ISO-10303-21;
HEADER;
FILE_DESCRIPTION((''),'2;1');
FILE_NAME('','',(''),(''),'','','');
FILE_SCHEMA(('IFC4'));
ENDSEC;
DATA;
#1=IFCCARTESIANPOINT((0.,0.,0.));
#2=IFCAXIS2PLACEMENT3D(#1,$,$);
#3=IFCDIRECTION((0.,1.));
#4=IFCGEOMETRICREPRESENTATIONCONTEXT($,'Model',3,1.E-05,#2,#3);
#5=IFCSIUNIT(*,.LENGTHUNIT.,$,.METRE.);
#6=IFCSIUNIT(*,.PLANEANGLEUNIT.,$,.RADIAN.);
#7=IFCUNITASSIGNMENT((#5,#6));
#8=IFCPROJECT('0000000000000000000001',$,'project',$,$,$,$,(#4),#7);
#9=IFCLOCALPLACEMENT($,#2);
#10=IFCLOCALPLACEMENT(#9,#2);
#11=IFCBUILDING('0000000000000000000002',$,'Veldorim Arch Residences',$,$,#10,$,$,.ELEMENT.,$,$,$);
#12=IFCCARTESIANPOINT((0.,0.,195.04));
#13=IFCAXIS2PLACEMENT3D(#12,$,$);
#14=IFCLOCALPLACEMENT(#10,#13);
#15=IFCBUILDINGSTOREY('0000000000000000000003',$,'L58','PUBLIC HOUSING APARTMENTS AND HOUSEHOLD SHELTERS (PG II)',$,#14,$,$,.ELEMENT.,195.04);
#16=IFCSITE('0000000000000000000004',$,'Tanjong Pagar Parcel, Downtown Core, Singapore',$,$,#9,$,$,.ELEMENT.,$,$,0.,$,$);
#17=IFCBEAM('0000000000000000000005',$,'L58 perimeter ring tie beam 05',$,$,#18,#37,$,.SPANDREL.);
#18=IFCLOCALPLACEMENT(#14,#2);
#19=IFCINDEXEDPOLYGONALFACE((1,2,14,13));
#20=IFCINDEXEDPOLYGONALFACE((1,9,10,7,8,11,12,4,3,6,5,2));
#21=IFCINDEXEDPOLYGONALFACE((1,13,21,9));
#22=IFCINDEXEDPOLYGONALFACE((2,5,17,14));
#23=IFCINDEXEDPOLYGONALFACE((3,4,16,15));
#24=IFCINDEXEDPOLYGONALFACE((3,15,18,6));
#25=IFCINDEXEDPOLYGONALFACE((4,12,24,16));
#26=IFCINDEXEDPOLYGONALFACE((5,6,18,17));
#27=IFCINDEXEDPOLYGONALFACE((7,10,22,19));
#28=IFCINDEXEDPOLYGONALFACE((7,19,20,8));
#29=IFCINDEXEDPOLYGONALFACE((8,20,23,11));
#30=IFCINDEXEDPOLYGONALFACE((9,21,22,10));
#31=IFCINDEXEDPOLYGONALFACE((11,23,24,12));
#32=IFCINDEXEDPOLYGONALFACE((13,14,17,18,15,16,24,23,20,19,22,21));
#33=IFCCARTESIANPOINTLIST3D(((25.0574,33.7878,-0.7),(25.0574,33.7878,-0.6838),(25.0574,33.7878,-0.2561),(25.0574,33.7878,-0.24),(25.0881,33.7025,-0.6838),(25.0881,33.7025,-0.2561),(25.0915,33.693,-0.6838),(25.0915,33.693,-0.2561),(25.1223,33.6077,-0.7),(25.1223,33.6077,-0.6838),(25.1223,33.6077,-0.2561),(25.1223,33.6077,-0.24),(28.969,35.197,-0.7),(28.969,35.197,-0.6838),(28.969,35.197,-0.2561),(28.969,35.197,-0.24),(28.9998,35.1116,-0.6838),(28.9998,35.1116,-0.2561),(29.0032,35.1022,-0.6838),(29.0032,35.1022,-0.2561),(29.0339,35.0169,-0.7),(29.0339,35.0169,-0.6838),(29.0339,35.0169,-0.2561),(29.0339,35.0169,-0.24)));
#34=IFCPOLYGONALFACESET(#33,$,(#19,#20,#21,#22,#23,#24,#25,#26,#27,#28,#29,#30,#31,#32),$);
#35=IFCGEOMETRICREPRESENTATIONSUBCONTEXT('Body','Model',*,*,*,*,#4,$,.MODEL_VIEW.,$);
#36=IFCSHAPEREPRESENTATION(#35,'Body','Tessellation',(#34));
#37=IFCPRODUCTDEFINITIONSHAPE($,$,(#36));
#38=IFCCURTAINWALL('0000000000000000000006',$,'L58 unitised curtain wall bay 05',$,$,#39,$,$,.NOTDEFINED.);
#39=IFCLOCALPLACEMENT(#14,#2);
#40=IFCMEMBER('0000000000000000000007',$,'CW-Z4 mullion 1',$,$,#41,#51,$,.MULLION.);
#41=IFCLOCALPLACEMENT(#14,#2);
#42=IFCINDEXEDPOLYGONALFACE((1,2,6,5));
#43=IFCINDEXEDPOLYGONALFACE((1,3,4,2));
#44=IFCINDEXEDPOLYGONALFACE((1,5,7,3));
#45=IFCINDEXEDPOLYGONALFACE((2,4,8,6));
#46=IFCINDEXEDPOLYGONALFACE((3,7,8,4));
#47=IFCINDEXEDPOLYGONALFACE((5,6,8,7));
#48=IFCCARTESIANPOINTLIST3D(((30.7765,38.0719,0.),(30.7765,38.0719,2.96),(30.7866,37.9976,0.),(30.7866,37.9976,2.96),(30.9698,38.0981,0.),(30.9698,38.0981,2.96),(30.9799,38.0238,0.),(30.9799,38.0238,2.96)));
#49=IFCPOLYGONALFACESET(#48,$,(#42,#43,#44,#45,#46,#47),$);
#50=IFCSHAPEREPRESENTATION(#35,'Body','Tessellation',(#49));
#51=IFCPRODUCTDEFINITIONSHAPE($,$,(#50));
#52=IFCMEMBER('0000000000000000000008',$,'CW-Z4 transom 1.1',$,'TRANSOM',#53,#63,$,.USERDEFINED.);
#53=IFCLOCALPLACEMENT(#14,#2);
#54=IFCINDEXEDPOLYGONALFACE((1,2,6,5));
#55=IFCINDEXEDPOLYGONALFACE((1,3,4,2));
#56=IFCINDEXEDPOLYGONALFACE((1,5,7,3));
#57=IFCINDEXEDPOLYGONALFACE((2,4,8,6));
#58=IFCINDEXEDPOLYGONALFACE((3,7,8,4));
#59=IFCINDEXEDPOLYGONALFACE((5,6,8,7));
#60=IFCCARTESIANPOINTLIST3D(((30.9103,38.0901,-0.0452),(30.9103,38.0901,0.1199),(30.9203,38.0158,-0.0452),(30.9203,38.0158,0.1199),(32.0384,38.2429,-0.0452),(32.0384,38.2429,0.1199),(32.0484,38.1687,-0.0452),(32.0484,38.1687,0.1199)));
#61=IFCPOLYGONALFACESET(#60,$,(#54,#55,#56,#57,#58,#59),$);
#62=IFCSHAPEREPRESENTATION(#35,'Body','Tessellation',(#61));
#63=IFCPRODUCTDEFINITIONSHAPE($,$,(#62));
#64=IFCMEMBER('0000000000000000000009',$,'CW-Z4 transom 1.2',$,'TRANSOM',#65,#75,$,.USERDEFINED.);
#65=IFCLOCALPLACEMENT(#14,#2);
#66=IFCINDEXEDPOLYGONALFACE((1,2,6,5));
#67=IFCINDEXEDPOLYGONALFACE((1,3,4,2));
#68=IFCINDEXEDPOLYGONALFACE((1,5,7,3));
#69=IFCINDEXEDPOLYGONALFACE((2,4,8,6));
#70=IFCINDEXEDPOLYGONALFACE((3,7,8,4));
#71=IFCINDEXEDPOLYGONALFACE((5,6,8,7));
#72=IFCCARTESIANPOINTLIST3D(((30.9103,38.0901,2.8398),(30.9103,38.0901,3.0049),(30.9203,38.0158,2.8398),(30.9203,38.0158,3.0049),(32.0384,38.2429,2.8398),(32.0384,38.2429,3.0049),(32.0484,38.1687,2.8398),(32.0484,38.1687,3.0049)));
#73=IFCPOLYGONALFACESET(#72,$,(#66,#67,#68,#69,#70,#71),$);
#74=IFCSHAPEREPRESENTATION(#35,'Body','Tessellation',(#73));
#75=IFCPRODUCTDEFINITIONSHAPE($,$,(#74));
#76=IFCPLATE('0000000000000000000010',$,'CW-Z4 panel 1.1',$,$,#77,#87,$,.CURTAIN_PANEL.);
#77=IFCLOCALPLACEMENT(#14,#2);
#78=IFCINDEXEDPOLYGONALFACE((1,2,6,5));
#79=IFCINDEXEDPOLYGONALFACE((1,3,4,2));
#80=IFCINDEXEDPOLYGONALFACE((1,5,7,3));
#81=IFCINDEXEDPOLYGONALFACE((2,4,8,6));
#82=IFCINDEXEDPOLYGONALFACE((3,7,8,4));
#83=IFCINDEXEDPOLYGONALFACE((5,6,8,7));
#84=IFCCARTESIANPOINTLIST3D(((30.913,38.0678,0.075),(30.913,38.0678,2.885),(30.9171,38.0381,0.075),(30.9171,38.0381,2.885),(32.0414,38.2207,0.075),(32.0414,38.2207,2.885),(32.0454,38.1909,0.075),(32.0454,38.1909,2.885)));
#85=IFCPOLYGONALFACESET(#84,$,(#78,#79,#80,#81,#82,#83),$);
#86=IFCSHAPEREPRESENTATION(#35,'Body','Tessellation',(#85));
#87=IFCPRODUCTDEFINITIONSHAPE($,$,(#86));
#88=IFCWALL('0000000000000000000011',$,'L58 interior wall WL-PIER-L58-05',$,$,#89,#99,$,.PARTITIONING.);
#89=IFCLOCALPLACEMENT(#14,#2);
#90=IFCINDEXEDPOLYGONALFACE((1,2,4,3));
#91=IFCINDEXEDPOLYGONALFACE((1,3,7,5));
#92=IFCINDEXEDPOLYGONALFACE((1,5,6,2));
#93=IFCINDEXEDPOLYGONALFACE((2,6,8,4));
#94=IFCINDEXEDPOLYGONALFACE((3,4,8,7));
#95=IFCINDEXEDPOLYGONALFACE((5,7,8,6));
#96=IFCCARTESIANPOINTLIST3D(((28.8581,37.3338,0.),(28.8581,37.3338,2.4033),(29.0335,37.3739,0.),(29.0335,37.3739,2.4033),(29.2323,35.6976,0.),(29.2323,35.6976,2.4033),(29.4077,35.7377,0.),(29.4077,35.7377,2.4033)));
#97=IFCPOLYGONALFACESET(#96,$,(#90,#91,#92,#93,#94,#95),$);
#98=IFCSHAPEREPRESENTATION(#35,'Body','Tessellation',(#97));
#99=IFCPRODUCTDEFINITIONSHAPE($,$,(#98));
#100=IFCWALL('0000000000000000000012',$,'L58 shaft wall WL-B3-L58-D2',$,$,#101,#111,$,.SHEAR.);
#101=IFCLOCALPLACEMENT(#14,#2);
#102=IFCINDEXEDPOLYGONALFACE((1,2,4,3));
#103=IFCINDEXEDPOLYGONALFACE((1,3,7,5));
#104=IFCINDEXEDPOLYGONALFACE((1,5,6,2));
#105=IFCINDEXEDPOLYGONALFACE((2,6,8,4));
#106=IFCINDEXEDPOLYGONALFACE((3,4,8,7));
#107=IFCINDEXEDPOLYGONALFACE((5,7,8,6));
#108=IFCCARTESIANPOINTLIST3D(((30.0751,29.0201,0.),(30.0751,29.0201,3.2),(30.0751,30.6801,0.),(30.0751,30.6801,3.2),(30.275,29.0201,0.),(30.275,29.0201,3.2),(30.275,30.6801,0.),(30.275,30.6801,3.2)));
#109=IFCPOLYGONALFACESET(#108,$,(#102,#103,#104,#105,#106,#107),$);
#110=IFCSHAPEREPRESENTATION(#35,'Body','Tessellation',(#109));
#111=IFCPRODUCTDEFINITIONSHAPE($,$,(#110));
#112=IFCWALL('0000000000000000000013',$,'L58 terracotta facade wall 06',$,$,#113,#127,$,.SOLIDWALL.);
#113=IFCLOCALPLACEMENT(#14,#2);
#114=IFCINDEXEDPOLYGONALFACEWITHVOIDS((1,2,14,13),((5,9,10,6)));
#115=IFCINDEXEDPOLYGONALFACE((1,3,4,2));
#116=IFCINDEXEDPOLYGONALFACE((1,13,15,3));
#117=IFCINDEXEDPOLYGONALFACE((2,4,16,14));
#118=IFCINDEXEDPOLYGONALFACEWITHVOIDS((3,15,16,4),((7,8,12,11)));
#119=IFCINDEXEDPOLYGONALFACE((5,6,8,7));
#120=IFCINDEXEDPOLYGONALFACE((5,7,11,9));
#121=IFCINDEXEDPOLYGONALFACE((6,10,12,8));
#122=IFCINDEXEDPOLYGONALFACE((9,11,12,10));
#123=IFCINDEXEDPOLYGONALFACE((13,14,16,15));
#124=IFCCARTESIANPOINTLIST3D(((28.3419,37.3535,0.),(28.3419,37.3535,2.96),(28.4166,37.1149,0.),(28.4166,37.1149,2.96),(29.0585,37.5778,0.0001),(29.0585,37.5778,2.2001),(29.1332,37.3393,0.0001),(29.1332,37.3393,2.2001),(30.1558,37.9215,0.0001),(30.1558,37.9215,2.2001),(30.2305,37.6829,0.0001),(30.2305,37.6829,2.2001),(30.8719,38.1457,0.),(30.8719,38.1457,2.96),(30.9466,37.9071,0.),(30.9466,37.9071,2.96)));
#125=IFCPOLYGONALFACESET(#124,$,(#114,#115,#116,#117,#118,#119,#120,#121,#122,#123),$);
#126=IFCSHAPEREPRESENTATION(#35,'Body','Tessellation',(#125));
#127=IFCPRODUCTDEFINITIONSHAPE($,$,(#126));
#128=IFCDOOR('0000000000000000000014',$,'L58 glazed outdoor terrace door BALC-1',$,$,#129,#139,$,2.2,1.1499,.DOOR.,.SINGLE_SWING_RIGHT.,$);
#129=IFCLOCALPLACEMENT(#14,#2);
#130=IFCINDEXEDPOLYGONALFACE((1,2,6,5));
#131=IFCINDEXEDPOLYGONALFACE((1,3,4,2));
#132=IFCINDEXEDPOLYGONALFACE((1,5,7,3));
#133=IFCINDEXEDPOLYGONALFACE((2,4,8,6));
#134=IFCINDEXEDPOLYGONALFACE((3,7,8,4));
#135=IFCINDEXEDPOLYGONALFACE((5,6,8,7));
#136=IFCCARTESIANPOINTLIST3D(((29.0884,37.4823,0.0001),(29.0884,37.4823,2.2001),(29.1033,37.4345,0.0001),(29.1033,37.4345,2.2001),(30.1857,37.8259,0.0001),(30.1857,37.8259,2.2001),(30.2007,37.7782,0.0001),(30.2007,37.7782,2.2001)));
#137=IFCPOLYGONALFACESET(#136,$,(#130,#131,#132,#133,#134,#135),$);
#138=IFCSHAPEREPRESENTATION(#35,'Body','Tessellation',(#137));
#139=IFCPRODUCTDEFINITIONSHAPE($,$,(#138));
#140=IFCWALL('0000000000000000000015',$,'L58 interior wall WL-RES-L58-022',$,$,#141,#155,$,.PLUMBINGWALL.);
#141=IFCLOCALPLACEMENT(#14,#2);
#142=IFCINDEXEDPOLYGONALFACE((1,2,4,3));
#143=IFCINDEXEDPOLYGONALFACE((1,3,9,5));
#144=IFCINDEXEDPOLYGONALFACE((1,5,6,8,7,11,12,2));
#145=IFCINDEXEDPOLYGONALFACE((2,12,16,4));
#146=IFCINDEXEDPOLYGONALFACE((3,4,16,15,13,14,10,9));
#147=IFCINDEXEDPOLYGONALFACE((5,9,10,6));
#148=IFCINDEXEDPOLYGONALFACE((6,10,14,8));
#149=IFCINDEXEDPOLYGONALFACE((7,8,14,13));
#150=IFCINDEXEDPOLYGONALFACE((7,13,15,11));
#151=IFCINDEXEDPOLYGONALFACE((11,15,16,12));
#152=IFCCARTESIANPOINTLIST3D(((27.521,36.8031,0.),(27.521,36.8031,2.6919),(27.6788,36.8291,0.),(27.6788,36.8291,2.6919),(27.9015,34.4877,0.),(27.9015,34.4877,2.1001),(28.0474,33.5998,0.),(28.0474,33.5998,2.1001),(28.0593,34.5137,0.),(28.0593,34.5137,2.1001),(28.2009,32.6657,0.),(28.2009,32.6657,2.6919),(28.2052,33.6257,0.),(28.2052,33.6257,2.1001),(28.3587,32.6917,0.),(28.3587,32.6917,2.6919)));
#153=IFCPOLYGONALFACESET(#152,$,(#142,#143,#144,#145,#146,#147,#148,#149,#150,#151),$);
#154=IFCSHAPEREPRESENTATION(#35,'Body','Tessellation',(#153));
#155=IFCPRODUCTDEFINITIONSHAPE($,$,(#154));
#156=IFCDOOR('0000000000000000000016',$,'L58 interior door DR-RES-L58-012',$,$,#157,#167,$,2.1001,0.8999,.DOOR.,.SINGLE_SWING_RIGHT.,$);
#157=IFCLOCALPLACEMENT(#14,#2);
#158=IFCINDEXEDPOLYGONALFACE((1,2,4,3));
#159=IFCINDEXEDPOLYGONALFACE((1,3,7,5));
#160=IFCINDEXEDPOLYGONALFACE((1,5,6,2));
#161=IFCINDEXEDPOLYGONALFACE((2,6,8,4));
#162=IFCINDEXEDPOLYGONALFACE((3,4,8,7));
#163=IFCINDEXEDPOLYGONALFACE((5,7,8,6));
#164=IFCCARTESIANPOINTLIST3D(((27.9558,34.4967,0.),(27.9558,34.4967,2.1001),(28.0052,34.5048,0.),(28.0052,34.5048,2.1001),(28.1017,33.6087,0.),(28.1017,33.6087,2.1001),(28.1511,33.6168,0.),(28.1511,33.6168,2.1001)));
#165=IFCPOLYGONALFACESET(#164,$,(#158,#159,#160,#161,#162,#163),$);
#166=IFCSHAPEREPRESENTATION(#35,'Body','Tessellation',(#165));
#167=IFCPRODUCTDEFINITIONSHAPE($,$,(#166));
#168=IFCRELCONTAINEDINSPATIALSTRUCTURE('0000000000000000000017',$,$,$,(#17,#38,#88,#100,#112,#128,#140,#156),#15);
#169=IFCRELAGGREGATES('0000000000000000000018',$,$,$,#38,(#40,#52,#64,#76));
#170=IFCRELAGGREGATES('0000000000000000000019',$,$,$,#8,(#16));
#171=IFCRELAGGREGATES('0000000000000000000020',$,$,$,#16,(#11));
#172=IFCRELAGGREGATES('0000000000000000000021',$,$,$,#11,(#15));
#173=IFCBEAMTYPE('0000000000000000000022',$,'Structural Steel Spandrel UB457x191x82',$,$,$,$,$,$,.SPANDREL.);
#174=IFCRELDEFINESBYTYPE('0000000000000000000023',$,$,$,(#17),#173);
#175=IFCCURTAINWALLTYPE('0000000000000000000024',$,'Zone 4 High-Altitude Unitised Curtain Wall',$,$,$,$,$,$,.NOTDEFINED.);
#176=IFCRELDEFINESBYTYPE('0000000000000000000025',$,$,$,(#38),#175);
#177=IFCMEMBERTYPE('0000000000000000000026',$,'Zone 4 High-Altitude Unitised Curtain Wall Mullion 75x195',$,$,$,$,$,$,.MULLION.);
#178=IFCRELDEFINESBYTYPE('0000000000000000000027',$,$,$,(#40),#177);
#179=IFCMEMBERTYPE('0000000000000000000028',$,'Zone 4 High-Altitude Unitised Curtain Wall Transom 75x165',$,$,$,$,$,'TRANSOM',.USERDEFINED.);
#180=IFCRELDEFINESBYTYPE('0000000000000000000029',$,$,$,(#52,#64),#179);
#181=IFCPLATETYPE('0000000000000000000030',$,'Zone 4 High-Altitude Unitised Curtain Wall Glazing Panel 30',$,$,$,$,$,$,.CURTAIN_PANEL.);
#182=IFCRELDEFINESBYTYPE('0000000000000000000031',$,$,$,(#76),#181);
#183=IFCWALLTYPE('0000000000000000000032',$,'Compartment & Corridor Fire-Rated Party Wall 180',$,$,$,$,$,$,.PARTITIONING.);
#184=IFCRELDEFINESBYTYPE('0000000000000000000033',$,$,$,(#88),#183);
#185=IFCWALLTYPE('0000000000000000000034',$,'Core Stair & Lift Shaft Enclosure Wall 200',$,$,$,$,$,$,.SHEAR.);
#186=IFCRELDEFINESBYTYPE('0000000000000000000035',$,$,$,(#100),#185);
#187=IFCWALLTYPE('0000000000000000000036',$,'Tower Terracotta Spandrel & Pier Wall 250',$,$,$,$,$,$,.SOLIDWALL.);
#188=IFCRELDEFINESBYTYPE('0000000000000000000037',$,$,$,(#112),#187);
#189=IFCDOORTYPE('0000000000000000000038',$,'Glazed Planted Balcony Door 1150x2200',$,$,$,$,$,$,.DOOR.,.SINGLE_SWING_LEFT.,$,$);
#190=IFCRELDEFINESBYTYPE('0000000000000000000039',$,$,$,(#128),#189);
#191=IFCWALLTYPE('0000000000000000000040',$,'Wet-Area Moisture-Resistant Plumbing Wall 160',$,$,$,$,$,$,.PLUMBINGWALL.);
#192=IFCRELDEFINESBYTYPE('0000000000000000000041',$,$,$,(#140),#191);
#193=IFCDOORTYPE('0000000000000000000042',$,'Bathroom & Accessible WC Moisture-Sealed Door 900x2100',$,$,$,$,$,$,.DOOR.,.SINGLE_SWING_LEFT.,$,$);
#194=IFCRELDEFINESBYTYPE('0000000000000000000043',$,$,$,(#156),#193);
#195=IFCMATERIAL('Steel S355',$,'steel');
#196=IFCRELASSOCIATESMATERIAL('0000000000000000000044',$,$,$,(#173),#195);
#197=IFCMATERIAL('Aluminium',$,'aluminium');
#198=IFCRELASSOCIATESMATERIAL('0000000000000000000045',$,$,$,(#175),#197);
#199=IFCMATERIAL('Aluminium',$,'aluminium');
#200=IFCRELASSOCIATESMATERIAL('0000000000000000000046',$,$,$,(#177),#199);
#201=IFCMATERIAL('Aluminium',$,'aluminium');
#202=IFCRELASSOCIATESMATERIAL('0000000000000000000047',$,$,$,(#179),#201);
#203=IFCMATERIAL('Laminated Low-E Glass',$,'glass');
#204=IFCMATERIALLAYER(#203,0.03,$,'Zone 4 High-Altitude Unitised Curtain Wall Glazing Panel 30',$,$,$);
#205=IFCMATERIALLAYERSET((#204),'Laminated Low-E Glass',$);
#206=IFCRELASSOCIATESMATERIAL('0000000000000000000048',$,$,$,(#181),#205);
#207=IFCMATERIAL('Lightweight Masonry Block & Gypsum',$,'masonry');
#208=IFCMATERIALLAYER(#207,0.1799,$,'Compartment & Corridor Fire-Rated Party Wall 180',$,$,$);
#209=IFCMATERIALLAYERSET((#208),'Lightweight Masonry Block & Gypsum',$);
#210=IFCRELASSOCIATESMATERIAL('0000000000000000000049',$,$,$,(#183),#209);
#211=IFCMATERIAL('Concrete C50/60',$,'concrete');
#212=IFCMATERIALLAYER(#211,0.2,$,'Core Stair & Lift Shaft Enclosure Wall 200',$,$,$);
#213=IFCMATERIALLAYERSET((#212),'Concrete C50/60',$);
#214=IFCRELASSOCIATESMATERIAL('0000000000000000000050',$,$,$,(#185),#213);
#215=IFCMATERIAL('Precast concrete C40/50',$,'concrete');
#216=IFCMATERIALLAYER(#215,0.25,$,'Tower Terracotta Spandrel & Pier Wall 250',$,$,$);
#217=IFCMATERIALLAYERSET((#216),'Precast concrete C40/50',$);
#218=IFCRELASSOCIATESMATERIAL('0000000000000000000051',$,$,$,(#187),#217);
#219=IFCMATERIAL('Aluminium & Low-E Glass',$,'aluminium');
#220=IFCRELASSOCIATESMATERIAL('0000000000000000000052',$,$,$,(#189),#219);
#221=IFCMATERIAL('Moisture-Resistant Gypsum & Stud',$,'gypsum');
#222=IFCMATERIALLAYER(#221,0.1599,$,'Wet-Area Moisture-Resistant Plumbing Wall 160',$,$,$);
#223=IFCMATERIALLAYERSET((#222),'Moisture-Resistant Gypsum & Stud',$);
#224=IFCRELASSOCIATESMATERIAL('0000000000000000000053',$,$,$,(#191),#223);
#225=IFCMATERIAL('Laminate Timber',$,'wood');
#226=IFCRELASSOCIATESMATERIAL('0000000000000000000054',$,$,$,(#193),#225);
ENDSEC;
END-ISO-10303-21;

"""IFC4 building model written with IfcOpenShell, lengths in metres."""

from ifc_helpers import new_model, si_unit, direction, frame, frame_2d, origin, origin_2d, place, context, subcontext, project, spatial, rectangle, i_section, extrude, material, layer, layer_set, material_profile, profile_set, type_object, element, fill, aggregate, save


model = new_model("IFC4")

# Units and contexts
model_context = context("Model", 3, precision=1e-05, world=origin(), true_north=direction((0.0, 1.0)))
body_context = subcontext(model_context, "Body", "Model", "MODEL_VIEW")
ifc_project = project(units=[si_unit("LENGTHUNIT", "METRE"), si_unit("PLANEANGLEUNIT", "RADIAN")], contexts=[model_context])

# Site, building, storey
site_placement = place(None, origin())
site = spatial("IfcSite", under=ifc_project, at=site_placement, Name="Tanjong Pagar Parcel, Downtown Core, Singapore", CompositionType="ELEMENT", RefElevation=0.0)
building_placement = place(site_placement, origin())
building = spatial("IfcBuilding", under=site, at=building_placement, Name="Veldorim Arch Residences", CompositionType="ELEMENT")
storey_placement = place(building_placement, frame((0.0, 0.0, 195.04)))
storey = spatial("IfcBuildingStorey", under=building, at=storey_placement, Name="L58", Description="PUBLIC HOUSING APARTMENTS AND HOUSEHOLD SHELTERS (PG II)", CompositionType="ELEMENT", Elevation=195.04)

# Beam
ifc_material_1 = material(Name="Steel S355", Category="steel")
ifc_material_profile_1 = material_profile(ifc_material_1, i_section(OverallWidth=0.1914, OverallDepth=0.46, WebThickness=0.01, FlangeThickness=0.0161, at=origin_2d()), Name="UB457x191x82")
ifc_profile_set_1 = profile_set([ifc_material_profile_1], Name="Steel S355")
beam_type_1 = type_object("IfcBeamType", Name="Structural Steel Spandrel UB457x191x82", PredefinedType="SPANDREL", material=ifc_profile_set_1)
beam_1_placement = place(storey_placement, frame((29.0015, 35.1069, -0.47), z_axis=(-0.940811, -0.338932, 0.0), x_axis=(0.338932, -0.940811, 0.0)))
element("IfcBeam", 1, at=beam_1_placement, inside=storey, type_object=beam_type_1, Name="L58 perimeter ring tie beam 05", PredefinedType="SPANDREL", context=body_context, shape_type="SweptSolid", body=[
    extrude(i_section(OverallWidth=0.1914, OverallDepth=0.46, WebThickness=0.01, FlangeThickness=0.0161, at=origin_2d()), origin(), (0.0, 0.0, 1.0), 4.1577),
])

# Curtain wall, members, plate
ifc_material_2 = material(Name="Aluminium", Category="aluminium")
curtain_wall_type = type_object("IfcCurtainWallType", Name="Zone 4 High-Altitude Unitised Curtain Wall", PredefinedType="NOTDEFINED", material=ifc_material_2)
curtain_wall_placement = place(storey_placement, origin())
curtain_wall = element("IfcCurtainWall", 2, at=curtain_wall_placement, inside=storey, type_object=curtain_wall_type, Name="L58 unitised curtain wall bay 05", PredefinedType="NOTDEFINED")
ifc_material_3 = material(Name="Aluminium", Category="aluminium")
ifc_material_profile_2 = material_profile(ifc_material_3, rectangle(XDim=0.075, YDim=0.1951, at=origin_2d()), Name="ALU_MUL_75x195")
ifc_profile_set_2 = profile_set([ifc_material_profile_2], Name="Aluminium")
member_type_1 = type_object("IfcMemberType", Name="Zone 4 High-Altitude Unitised Curtain Wall Mullion 75x195", PredefinedType="MULLION", material=ifc_profile_set_2)
member_1_placement = place(storey_placement, frame((30.8782, 38.0479, 0.0), z_axis=(0.0, 0.0, 1.0), x_axis=(-0.134245, 0.990948, 0.0)))
member_1 = element("IfcMember", 3, at=member_1_placement, type_object=member_type_1, Name="CW-Z4 mullion 1", PredefinedType="MULLION", context=body_context, shape_type="SweptSolid", body=[
    extrude(rectangle(XDim=0.075, YDim=0.1951, at=origin_2d()), origin(), (0.0, 0.0, 1.0), 2.96),
])
ifc_material_4 = material(Name="Aluminium", Category="aluminium")
ifc_material_profile_3 = material_profile(ifc_material_4, rectangle(XDim=0.075, YDim=0.165, at=origin_2d()), Name="ALU_TRN_75x165")
ifc_profile_set_3 = profile_set([ifc_material_profile_3], Name="Aluminium")
member_type_2 = type_object("IfcMemberType", Name="Zone 4 High-Altitude Unitised Curtain Wall Transom 75x165", ElementType="TRANSOM", PredefinedType="USERDEFINED", material=ifc_profile_set_3)
member_2_placement = place(storey_placement, frame((30.9153, 38.053, 0.0374), z_axis=(0.990949, 0.134242, 0.0), x_axis=(-0.134242, 0.990949, 0.0)))
member_2 = element("IfcMember", 4, at=member_2_placement, type_object=member_type_2, Name="CW-Z4 transom 1.1", ObjectType="TRANSOM", PredefinedType="USERDEFINED", context=body_context, shape_type="SweptSolid", body=[
    extrude(rectangle(XDim=0.075, YDim=0.165, at=origin_2d()), origin(), (0.0, 0.0, 1.0), 1.1384),
])
member_3_placement = place(storey_placement, frame((30.9153, 38.053, 2.9224), z_axis=(0.990949, 0.134242, 0.0), x_axis=(-0.134242, 0.990949, 0.0)))
member_3 = element("IfcMember", 5, at=member_3_placement, type_object=member_type_2, Name="CW-Z4 transom 1.2", ObjectType="TRANSOM", PredefinedType="USERDEFINED", context=body_context, shape_type="SweptSolid", body=[
    extrude(rectangle(XDim=0.075, YDim=0.165, at=origin_2d()), origin(), (0.0, 0.0, 1.0), 1.1384),
])
ifc_material_5 = material(Name="Laminated Low-E Glass", Category="glass")
ifc_layer_1 = layer(ifc_material_5, 0.03, Name="Zone 4 High-Altitude Unitised Curtain Wall Glazing Panel 30")
ifc_layer_set_1 = layer_set([ifc_layer_1], Name="Laminated Low-E Glass")
plate_type = type_object("IfcPlateType", Name="Zone 4 High-Altitude Unitised Curtain Wall Glazing Panel 30", PredefinedType="CURTAIN_PANEL", material=ifc_layer_set_1)
plate_placement = place(storey_placement, frame((31.4792, 38.1294, 0.075), z_axis=(0.0, 0.0, 1.0), x_axis=(0.990948, 0.134245, 0.0)))
plate = element("IfcPlate", 6, at=plate_placement, type_object=plate_type, Name="CW-Z4 panel 1.1", PredefinedType="CURTAIN_PANEL", context=body_context, shape_type="SweptSolid", body=[
    extrude(rectangle(XDim=1.1387, YDim=0.03, at=origin_2d()), origin(), (0.0, 0.0, 1.0), 2.8101),
])
aggregate(curtain_wall, [member_1, member_2, member_3, plate])

# Walls
ifc_material_6 = material(Name="Lightweight Masonry Block & Gypsum", Category="masonry")
ifc_layer_2 = layer(ifc_material_6, 0.1799, Name="Compartment & Corridor Fire-Rated Party Wall 180")
ifc_layer_set_2 = layer_set([ifc_layer_2], Name="Lightweight Masonry Block & Gypsum")
wall_type_1 = type_object("IfcWallType", Name="Compartment & Corridor Fire-Rated Party Wall 180", PredefinedType="PARTITIONING", material=ifc_layer_set_2)
wall_1_placement = place(storey_placement, frame((29.3201, 35.7175, 0.0), z_axis=(0.0, 0.0, 1.0), x_axis=(-0.222979, 0.974823, 0.0)))
element("IfcWall", 7, at=wall_1_placement, inside=storey, type_object=wall_type_1, Name="L58 interior wall WL-PIER-L58-05", PredefinedType="PARTITIONING", context=body_context, shape_type="SweptSolid", body=[
    extrude(rectangle(XDim=1.6785, YDim=0.1799, at=frame_2d((0.8394, 0.0))), origin(), (0.0, 0.0, 1.0), 2.4033),
])
ifc_material_7 = material(Name="Concrete C50/60", Category="concrete")
ifc_layer_3 = layer(ifc_material_7, 0.2, Name="Core Stair & Lift Shaft Enclosure Wall 200")
ifc_layer_set_3 = layer_set([ifc_layer_3], Name="Concrete C50/60")
wall_type_2 = type_object("IfcWallType", Name="Core Stair & Lift Shaft Enclosure Wall 200", PredefinedType="SHEAR", material=ifc_layer_set_3)
wall_2_placement = place(storey_placement, frame((30.175, 29.02, 0.0), z_axis=(0.0, 0.0, 1.0), x_axis=(0.0, 1.0, 0.0)))
element("IfcWall", 8, at=wall_2_placement, inside=storey, type_object=wall_type_2, Name="L58 shaft wall WL-B3-L58-D2", PredefinedType="SHEAR", context=body_context, shape_type="SweptSolid", body=[
    extrude(rectangle(XDim=1.6599, YDim=0.2, at=frame_2d((0.8301, 0.0))), origin(), (0.0, 0.0, 1.0), 3.2),
])

# Walls, openings, doors
ifc_material_8 = material(Name="Precast concrete C40/50", Category="concrete")
ifc_layer_4 = layer(ifc_material_8, 0.25, Name="Tower Terracotta Spandrel & Pier Wall 250")
ifc_layer_set_4 = layer_set([ifc_layer_4], Name="Precast concrete C40/50")
wall_type_3 = type_object("IfcWallType", Name="Tower Terracotta Spandrel & Pier Wall 250", PredefinedType="SOLIDWALL", material=ifc_layer_set_4)
wall_3_placement = place(storey_placement, frame((28.3792, 37.2341, 0.0), z_axis=(0.0, 0.0, 1.0), x_axis=(0.954308, 0.298826, 0.0)))
wall_3 = element("IfcWall", 9, at=wall_3_placement, inside=storey, type_object=wall_type_3, Name="L58 terracotta facade wall 06", PredefinedType="SOLIDWALL", context=body_context, shape_type="SweptSolid", body=[
    extrude(rectangle(XDim=2.6511, YDim=0.25, at=frame_2d((1.3257, 0.0))), origin(), (0.0, 0.0, 1.0), 2.96),
])
opening_1_placement = place(wall_3_placement, frame((0.751, 0.0, 0.0)))
opening_1 = element("IfcOpeningElement", 10, at=opening_1_placement, cuts=wall_3, PredefinedType="OPENING", context=body_context, shape_type="SweptSolid", body=[
    extrude(rectangle(XDim=1.1499, YDim=2.2, at=frame_2d((0.575, 1.1001))), frame((0.0, 0.135, 0.0), z_axis=(0.0, -1.0, 0.0), x_axis=(1.0, 0.0, 0.0)), (0.0, 0.0, 1.0), 0.27),
])
ifc_material_9 = material(Name="Aluminium & Low-E Glass", Category="aluminium")
door_type_1 = type_object("IfcDoorType", Name="Glazed Planted Balcony Door 1150x2200", OperationType="SINGLE_SWING_LEFT", PredefinedType="DOOR", material=ifc_material_9)
door_1_placement = place(opening_1_placement, origin())
door_1 = element("IfcDoor", 11, at=door_1_placement, inside=storey, type_object=door_type_1, Name="L58 glazed outdoor terrace door BALC-1", OperationType="SINGLE_SWING_RIGHT", OverallHeight=2.2, OverallWidth=1.1499, PredefinedType="DOOR", context=body_context, shape_type="SweptSolid", body=[
    extrude(rectangle(XDim=1.1499, YDim=2.2, at=frame_2d((0.575, 1.1001))), frame((0.0, 0.0249, 0.0), z_axis=(0.0, -1.0, 0.0), x_axis=(1.0, 0.0, 0.0)), (0.0, 0.0, 1.0), 0.05),
])
fill(opening_1, door_1)
ifc_material_10 = material(Name="Moisture-Resistant Gypsum & Stud", Category="gypsum")
ifc_layer_5 = layer(ifc_material_10, 0.1599, Name="Wet-Area Moisture-Resistant Plumbing Wall 160")
ifc_layer_set_5 = layer_set([ifc_layer_5], Name="Moisture-Resistant Gypsum & Stud")
wall_type_4 = type_object("IfcWallType", Name="Wet-Area Moisture-Resistant Plumbing Wall 160", PredefinedType="PLUMBINGWALL", material=ifc_layer_set_5)
wall_4_placement = place(storey_placement, frame((28.2798, 32.6787, 0.0), z_axis=(0.0, 0.0, 1.0), x_axis=(-0.162161, 0.986764, 0.0)))
wall_4 = element("IfcWall", 12, at=wall_4_placement, inside=storey, type_object=wall_type_4, Name="L58 interior wall WL-RES-L58-022", PredefinedType="PLUMBINGWALL", context=body_context, shape_type="SweptSolid", body=[
    extrude(rectangle(XDim=4.1929, YDim=0.1599, at=frame_2d((2.0964, 0.0))), origin(), (0.0, 0.0, 1.0), 2.6919),
])
opening_2_placement = place(wall_4_placement, frame((0.9465, 0.0, 0.0)))
opening_2 = element("IfcOpeningElement", 13, at=opening_2_placement, cuts=wall_4, PredefinedType="OPENING", context=body_context, shape_type="SweptSolid", body=[
    extrude(rectangle(XDim=0.8999, YDim=2.1001, at=frame_2d((0.45, 1.05))), frame((0.0, 0.0898, 0.0), z_axis=(0.0, -1.0, 0.0), x_axis=(1.0, 0.0, 0.0)), (0.0, 0.0, 1.0), 0.1799),
])
ifc_material_11 = material(Name="Laminate Timber", Category="wood")
door_type_2 = type_object("IfcDoorType", Name="Bathroom & Accessible WC Moisture-Sealed Door 900x2100", OperationType="SINGLE_SWING_LEFT", PredefinedType="DOOR", material=ifc_material_11)
door_2_placement = place(opening_2_placement, origin())
door_2 = element("IfcDoor", 14, at=door_2_placement, inside=storey, type_object=door_type_2, Name="L58 interior door DR-RES-L58-012", OperationType="SINGLE_SWING_RIGHT", OverallHeight=2.1001, OverallWidth=0.8999, PredefinedType="DOOR", context=body_context, shape_type="SweptSolid", body=[
    extrude(rectangle(XDim=0.8999, YDim=2.1001, at=frame_2d((0.45, 1.05))), frame((0.0, 0.0249, 0.0), z_axis=(0.0, -1.0, 0.0), x_axis=(1.0, 0.0, 0.0)), (0.0, 0.0, 1.0), 0.05),
])
fill(opening_2, door_2)

save(model, "model.ifc")
